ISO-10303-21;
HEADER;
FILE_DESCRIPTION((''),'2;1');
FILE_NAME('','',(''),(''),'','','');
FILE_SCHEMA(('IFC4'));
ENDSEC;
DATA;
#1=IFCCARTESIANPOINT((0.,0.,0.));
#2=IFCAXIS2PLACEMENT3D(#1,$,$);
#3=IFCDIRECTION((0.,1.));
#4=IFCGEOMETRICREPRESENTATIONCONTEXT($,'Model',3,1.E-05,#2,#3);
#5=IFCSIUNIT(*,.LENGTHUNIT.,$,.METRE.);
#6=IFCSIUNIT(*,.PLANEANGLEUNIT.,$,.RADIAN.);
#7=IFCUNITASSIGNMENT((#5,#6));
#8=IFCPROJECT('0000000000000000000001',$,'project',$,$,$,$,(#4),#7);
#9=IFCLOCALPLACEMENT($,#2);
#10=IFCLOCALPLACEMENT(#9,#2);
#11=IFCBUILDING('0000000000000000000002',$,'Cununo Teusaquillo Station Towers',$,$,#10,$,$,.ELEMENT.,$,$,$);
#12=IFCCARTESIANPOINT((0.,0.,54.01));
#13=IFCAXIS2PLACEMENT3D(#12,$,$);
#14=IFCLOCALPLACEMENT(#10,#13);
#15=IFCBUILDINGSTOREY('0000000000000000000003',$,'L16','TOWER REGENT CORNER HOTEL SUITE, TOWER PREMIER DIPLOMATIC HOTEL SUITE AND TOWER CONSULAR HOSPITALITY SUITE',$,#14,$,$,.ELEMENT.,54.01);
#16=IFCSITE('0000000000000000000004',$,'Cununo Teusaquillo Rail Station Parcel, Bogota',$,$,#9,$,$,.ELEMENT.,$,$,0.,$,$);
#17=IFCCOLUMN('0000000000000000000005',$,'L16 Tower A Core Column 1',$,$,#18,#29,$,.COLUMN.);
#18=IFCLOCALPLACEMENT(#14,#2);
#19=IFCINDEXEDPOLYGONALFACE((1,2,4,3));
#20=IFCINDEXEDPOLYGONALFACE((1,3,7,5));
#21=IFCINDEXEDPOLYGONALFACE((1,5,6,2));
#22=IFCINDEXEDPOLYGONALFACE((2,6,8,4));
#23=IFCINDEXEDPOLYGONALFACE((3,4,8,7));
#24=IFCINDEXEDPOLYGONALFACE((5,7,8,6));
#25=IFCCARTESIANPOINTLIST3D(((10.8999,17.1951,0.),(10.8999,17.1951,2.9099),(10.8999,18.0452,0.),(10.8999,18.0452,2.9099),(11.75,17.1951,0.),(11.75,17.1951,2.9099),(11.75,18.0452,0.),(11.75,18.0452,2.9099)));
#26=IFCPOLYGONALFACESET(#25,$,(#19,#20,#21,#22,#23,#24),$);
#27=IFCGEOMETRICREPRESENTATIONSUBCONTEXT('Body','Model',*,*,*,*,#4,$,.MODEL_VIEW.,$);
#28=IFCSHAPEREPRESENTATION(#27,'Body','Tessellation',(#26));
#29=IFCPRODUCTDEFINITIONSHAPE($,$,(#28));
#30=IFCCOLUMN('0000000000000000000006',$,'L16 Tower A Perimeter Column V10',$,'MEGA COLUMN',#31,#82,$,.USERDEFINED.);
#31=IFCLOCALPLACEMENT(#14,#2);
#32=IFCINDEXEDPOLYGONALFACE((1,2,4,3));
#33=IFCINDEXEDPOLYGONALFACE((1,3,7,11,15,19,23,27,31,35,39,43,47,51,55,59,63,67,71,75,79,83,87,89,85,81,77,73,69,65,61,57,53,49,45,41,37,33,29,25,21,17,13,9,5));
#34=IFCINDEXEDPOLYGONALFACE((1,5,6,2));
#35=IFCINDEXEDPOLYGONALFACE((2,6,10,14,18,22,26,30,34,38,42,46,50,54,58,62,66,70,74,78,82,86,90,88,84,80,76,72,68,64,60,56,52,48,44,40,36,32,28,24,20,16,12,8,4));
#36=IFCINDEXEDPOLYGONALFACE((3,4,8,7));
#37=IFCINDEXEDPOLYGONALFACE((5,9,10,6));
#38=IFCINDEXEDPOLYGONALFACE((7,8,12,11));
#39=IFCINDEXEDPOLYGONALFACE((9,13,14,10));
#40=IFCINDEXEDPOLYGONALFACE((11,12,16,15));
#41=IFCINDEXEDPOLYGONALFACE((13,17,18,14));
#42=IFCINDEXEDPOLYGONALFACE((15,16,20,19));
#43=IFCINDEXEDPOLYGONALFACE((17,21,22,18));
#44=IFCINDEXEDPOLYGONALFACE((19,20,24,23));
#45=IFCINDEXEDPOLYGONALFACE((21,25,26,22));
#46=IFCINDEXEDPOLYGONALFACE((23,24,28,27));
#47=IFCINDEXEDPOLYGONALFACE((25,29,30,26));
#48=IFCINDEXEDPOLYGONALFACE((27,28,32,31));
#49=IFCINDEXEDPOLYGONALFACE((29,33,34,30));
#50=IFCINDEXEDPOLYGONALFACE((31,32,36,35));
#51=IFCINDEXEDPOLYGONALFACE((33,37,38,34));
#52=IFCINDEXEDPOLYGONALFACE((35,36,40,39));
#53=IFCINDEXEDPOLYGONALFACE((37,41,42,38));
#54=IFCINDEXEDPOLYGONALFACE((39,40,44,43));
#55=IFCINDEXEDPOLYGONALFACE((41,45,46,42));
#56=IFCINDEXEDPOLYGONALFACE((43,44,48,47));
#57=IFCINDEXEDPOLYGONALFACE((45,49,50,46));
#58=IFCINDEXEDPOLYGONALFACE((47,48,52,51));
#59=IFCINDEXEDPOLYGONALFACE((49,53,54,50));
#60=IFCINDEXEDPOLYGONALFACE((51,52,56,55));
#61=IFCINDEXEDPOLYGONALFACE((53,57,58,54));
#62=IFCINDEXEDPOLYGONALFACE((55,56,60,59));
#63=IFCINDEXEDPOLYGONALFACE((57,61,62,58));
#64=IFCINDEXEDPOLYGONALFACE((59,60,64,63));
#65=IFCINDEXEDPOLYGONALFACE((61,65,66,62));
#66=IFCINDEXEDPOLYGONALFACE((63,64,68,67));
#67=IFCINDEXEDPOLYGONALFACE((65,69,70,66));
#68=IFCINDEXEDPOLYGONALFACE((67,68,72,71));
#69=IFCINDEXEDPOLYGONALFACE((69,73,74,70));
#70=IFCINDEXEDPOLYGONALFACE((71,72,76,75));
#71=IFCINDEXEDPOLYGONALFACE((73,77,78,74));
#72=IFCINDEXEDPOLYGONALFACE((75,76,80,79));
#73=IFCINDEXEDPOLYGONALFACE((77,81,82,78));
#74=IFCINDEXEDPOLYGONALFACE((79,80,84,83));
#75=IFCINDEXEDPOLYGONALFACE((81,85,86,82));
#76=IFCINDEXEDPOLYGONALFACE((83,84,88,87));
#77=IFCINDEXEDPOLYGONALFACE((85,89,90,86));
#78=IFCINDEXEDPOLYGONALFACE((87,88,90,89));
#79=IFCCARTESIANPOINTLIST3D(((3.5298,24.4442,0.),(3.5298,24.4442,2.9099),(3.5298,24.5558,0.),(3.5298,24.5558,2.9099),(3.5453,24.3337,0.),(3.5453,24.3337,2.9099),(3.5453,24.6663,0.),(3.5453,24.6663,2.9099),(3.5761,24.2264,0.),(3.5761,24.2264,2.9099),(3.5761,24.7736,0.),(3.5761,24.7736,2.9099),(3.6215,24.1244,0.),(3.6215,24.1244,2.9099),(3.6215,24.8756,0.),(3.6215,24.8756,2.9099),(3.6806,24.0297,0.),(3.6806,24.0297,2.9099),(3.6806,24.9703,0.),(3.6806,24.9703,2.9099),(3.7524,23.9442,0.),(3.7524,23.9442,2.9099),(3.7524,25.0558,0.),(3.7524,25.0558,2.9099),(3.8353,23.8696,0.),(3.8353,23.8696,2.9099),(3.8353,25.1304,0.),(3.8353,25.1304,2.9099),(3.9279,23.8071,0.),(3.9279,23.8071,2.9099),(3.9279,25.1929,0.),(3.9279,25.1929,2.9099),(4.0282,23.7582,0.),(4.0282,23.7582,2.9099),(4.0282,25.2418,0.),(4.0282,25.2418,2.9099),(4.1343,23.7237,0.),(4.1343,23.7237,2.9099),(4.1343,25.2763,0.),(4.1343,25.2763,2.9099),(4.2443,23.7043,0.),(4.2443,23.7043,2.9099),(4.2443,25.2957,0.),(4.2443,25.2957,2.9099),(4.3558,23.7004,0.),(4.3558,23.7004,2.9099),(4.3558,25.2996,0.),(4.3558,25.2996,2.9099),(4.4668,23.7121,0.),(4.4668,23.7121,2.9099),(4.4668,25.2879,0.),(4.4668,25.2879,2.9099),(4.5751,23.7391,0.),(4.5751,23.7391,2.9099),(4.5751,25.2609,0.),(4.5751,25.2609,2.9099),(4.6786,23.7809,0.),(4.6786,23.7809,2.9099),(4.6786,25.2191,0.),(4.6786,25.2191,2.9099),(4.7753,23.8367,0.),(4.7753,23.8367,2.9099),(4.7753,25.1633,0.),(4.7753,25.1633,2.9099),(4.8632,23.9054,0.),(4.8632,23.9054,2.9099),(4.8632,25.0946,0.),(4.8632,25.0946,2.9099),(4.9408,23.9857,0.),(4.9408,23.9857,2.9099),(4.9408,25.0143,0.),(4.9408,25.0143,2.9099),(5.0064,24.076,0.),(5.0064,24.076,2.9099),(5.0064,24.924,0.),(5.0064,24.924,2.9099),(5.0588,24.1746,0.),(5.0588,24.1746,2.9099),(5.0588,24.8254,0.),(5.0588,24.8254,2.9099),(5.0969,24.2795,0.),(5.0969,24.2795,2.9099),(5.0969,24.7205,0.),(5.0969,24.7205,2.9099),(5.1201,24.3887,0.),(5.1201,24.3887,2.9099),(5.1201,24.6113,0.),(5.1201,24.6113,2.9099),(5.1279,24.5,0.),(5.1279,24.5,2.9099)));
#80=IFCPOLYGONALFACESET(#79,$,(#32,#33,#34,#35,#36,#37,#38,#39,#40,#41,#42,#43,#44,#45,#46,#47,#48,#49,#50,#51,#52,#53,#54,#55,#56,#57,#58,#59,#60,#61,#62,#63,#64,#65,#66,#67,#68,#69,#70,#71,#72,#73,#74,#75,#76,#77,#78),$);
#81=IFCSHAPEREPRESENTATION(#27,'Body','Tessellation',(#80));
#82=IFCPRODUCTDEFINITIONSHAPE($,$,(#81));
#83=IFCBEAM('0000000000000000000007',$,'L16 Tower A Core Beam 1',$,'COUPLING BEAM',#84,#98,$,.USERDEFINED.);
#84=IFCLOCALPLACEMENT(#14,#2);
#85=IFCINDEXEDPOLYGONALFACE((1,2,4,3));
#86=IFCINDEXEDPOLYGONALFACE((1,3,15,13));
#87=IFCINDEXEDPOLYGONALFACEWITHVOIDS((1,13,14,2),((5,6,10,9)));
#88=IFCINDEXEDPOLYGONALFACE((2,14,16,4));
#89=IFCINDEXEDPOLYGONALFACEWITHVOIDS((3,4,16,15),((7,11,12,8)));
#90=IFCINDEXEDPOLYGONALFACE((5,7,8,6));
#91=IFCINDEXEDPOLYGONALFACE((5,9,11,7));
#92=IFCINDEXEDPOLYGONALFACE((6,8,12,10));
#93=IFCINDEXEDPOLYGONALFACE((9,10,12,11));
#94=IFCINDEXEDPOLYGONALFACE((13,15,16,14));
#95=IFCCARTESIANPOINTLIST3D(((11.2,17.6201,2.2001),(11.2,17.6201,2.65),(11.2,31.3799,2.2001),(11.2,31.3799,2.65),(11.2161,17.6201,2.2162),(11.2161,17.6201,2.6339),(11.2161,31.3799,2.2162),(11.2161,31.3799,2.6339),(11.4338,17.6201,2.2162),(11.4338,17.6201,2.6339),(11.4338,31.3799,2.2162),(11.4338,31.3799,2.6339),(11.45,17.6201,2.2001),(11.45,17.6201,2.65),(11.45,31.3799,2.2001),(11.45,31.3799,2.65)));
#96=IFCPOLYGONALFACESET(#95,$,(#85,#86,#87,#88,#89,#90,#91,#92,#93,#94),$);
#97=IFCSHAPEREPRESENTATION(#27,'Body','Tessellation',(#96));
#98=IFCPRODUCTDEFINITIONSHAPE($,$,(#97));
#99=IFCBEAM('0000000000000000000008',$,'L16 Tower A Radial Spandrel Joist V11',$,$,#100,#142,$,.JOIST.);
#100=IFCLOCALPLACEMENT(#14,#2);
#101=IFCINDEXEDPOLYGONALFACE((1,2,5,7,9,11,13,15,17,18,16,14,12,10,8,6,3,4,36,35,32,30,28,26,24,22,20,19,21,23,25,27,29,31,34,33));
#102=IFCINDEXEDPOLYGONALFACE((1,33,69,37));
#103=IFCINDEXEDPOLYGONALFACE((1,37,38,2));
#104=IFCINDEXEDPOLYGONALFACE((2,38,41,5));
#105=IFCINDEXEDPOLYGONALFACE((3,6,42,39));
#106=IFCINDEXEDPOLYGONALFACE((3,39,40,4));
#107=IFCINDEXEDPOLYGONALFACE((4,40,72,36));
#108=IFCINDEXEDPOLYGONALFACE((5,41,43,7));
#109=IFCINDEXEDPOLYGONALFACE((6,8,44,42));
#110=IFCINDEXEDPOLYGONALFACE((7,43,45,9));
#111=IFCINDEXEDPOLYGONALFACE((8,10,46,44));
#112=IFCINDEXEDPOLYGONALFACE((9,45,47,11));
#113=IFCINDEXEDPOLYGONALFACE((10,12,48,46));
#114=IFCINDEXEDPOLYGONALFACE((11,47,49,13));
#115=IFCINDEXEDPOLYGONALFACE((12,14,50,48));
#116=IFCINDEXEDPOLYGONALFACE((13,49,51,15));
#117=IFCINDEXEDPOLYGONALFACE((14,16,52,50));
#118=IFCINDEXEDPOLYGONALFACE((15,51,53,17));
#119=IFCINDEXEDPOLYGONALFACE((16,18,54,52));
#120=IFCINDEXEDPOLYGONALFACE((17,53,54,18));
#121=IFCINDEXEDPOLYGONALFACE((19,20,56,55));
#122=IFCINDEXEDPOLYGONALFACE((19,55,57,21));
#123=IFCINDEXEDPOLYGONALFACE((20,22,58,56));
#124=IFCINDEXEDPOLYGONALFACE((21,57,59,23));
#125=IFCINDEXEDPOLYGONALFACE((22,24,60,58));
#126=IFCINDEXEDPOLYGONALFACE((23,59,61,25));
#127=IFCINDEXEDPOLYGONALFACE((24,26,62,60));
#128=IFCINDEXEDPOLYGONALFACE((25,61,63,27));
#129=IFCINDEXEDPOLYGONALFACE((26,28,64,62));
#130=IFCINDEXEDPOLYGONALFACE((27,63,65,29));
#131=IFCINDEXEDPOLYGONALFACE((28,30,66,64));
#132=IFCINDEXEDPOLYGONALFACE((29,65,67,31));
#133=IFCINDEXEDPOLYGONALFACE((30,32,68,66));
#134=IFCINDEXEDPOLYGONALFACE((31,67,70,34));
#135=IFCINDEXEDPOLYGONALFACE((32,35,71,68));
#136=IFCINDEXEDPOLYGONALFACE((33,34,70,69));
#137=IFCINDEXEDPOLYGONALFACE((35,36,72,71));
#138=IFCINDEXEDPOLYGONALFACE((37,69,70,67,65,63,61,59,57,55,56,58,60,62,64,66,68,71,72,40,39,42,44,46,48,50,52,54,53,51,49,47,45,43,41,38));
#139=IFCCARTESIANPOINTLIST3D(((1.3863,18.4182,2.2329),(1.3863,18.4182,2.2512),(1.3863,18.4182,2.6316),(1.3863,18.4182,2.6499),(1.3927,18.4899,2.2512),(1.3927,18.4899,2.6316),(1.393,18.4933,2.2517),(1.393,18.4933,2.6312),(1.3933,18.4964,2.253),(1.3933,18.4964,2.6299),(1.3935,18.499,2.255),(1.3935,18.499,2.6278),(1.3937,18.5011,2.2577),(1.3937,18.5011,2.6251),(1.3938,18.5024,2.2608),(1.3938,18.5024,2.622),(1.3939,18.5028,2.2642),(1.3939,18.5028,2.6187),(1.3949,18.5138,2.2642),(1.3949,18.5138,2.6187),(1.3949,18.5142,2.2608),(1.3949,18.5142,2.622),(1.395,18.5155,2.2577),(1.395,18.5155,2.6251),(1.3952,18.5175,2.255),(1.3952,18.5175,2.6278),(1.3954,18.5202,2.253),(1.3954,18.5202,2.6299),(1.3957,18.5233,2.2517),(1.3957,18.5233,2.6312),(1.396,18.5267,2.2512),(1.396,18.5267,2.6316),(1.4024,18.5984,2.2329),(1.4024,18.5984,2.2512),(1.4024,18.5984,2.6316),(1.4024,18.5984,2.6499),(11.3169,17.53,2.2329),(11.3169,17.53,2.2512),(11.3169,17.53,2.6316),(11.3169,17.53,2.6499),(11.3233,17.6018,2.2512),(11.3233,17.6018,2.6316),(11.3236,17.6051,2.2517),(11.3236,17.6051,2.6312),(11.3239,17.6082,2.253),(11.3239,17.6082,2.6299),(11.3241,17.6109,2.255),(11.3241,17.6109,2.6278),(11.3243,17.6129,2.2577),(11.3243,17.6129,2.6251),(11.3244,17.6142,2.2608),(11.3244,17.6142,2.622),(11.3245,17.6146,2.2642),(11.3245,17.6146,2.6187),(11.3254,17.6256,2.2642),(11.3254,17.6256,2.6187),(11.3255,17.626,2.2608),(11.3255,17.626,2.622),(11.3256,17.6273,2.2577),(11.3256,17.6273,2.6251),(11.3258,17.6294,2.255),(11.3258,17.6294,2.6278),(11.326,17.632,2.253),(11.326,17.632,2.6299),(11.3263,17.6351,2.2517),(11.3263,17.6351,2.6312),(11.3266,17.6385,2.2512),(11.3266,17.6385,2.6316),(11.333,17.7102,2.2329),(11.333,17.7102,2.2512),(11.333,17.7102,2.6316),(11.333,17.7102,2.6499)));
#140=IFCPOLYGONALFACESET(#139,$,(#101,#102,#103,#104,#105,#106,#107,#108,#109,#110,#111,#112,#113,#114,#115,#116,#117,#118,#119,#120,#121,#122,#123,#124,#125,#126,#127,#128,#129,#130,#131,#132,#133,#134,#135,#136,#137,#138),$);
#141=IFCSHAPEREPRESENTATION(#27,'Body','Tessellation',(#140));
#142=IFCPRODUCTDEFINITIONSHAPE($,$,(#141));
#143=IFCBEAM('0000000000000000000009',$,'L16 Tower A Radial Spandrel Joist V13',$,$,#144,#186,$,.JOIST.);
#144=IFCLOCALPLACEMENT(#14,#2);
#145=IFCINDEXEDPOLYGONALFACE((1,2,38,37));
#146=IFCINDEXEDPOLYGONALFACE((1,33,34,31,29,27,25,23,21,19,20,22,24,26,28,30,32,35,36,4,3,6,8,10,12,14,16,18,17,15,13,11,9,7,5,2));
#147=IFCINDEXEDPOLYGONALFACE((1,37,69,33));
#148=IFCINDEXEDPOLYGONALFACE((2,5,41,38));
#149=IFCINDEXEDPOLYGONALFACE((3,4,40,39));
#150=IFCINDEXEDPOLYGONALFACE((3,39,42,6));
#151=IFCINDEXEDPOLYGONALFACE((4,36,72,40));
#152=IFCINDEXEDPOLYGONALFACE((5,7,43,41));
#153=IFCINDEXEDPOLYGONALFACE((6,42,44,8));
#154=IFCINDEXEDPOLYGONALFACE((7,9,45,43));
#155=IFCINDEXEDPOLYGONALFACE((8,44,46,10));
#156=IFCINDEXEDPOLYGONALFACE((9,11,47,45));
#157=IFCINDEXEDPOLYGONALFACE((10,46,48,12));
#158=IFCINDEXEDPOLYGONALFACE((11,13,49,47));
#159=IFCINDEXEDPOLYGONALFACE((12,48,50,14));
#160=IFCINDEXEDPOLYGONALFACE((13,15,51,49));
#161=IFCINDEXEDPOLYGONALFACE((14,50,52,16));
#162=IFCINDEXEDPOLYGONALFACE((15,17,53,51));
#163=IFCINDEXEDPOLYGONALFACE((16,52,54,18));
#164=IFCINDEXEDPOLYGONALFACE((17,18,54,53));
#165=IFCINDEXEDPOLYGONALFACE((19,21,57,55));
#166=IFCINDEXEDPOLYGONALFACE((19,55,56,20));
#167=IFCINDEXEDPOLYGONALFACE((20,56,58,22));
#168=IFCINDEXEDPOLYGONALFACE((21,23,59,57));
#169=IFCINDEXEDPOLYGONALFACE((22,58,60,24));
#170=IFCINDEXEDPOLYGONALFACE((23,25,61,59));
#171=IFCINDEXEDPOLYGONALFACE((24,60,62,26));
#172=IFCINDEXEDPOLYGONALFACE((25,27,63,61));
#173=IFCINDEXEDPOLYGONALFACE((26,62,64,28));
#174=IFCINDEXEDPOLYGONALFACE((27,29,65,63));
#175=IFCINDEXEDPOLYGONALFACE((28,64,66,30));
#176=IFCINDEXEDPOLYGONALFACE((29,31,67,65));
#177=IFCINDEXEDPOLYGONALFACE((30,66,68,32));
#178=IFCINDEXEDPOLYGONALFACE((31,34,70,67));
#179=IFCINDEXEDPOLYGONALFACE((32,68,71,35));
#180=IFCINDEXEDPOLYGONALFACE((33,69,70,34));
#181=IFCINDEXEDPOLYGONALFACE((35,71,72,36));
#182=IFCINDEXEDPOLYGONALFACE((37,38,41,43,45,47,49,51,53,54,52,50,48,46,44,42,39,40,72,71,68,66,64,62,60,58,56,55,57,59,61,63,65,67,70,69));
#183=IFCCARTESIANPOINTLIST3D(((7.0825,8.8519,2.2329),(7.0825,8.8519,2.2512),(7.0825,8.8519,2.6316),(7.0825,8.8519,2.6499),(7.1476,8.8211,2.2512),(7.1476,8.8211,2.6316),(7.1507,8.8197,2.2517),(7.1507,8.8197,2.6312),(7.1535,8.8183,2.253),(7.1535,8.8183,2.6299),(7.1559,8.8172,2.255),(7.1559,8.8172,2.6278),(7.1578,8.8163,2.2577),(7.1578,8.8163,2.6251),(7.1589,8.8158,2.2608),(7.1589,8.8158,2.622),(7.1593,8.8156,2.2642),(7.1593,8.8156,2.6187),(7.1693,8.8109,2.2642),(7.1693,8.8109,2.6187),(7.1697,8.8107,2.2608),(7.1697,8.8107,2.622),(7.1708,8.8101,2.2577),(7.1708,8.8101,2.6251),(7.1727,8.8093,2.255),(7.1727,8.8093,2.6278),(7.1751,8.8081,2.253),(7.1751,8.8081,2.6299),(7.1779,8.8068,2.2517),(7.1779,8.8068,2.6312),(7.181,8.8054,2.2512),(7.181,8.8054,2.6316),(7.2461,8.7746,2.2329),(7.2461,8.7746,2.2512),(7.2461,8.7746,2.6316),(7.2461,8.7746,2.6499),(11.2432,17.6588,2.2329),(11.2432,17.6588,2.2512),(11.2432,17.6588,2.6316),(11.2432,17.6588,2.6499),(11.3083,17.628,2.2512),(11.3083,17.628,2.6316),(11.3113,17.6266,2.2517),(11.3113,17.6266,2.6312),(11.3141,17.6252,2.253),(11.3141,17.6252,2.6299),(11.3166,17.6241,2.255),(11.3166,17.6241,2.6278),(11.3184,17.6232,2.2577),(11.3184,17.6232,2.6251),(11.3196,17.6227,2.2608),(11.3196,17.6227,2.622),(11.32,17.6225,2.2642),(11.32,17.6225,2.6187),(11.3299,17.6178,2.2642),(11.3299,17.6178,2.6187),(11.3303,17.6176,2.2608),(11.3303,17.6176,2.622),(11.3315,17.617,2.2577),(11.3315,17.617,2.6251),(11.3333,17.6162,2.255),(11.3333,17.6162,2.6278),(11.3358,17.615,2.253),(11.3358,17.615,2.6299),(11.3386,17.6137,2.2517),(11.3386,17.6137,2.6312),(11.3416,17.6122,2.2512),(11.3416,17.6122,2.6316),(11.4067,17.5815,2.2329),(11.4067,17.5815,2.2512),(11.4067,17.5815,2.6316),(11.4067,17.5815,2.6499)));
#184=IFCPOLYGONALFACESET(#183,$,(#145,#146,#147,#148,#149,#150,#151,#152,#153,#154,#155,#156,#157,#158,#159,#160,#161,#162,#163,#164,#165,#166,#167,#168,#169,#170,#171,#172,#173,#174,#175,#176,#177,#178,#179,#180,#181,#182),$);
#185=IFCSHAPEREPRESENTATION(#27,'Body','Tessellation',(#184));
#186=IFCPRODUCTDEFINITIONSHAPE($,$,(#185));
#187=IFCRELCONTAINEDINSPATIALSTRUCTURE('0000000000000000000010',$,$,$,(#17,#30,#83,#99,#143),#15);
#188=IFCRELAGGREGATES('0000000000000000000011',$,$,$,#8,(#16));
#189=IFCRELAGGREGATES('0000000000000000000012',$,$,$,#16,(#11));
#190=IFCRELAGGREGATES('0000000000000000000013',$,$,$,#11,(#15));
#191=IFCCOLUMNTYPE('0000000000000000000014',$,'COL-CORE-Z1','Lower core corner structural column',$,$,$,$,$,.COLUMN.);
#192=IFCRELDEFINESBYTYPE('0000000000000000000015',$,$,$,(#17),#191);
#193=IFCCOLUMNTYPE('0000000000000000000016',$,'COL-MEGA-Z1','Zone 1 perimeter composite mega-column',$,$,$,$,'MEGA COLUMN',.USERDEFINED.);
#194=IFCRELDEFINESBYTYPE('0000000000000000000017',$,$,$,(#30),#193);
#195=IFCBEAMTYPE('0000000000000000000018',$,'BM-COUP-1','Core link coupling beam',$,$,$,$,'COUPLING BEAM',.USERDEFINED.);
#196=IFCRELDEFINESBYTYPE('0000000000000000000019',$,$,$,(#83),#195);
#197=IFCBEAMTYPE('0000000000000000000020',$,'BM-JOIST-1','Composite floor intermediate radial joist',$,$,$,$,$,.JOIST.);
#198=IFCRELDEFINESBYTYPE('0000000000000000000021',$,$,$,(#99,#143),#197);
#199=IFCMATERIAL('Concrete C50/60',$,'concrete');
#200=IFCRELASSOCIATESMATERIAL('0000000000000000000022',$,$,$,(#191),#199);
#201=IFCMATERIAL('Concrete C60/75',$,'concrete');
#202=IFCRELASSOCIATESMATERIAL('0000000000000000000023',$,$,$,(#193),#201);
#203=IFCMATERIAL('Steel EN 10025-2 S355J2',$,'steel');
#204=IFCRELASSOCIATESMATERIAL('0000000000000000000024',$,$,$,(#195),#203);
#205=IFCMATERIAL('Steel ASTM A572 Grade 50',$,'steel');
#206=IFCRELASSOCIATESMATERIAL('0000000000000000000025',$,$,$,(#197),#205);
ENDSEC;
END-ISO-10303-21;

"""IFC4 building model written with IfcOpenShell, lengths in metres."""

from ifc_helpers import new_model, si_unit, direction, frame, origin, origin_2d, place, context, subcontext, project, spatial, rectangle, hollow_rectangle, circle, i_section, extrude, material, material_profile, profile_set, type_object, element, save


model = new_model("IFC4")

# Units and contexts
model_context = context("Model", 3, precision=1e-05, world=origin(), true_north=direction((0.0, 1.0)))
body_context = subcontext(model_context, "Body", "Model", "MODEL_VIEW")
ifc_project = project(units=[si_unit("LENGTHUNIT", "METRE"), si_unit("PLANEANGLEUNIT", "RADIAN")], contexts=[model_context])

# Site, building, storey
site_placement = place(None, origin())
site = spatial("IfcSite", under=ifc_project, at=site_placement, Name="Cununo Teusaquillo Rail Station Parcel, Bogota", CompositionType="ELEMENT", RefElevation=0.0)
building_placement = place(site_placement, origin())
building = spatial("IfcBuilding", under=site, at=building_placement, Name="Cununo Teusaquillo Station Towers", CompositionType="ELEMENT")
storey_placement = place(building_placement, frame((0.0, 0.0, 54.01)))
storey = spatial("IfcBuildingStorey", under=building, at=storey_placement, Name="L16", Description="TOWER REGENT CORNER HOTEL SUITE, TOWER PREMIER DIPLOMATIC HOTEL SUITE AND TOWER CONSULAR HOSPITALITY SUITE", CompositionType="ELEMENT", Elevation=54.01)

# Columns
ifc_material_1 = material(Name="Concrete C50/60", Category="concrete")
ifc_material_profile_1 = material_profile(ifc_material_1, rectangle(XDim=0.8501, YDim=0.8501, at=origin_2d()), Name="RC-RECT-850x850")
ifc_profile_set_1 = profile_set([ifc_material_profile_1], Name="Concrete C50/60")
column_type_1 = type_object("IfcColumnType", Name="COL-CORE-Z1", Description="Lower core corner structural column", PredefinedType="COLUMN", material=ifc_profile_set_1)
column_1_placement = place(storey_placement, frame((11.325, 17.6201, 0.0), z_axis=(0.0, 0.0, 1.0), x_axis=(1.0, 0.0, 0.0)))
element("IfcColumn", 1, at=column_1_placement, inside=storey, type_object=column_type_1, Name="L16 Tower A Core Column 1", PredefinedType="COLUMN", context=body_context, shape_type="SweptSolid", body=[
    extrude(rectangle(XDim=0.8501, YDim=0.8501, at=origin_2d()), origin(), (0.0, 0.0, 1.0), 2.9099),
])
ifc_material_2 = material(Name="Concrete C60/75", Category="concrete")
ifc_material_profile_2 = material_profile(ifc_material_2, circle(Radius=0.8, at=origin_2d()), Name="RC-CIRC-1600")
ifc_profile_set_2 = profile_set([ifc_material_profile_2], Name="Concrete C60/75")
column_type_2 = type_object("IfcColumnType", Name="COL-MEGA-Z1", Description="Zone 1 perimeter composite mega-column", ElementType="MEGA COLUMN", PredefinedType="USERDEFINED", material=ifc_profile_set_2)
column_2_placement = place(storey_placement, frame((4.3279, 24.5, 0.0), z_axis=(0.0, 0.0, 1.0), x_axis=(1.0, 0.0, 0.0)))
element("IfcColumn", 2, at=column_2_placement, inside=storey, type_object=column_type_2, Name="L16 Tower A Perimeter Column V10", ObjectType="MEGA COLUMN", PredefinedType="USERDEFINED", context=body_context, shape_type="SweptSolid", body=[
    extrude(circle(Radius=0.8, at=origin_2d()), origin(), (0.0, 0.0, 1.0), 2.9099),
])

# Beams
ifc_material_3 = material(Name="Steel EN 10025-2 S355J2", Category="steel")
ifc_material_profile_3 = material_profile(ifc_material_3, hollow_rectangle(XDim=0.25, YDim=0.45, WallThickness=0.0161, at=origin_2d()), Name="RHS 450x250x16")
ifc_profile_set_3 = profile_set([ifc_material_profile_3], Name="Steel EN 10025-2 S355J2")
beam_type_1 = type_object("IfcBeamType", Name="BM-COUP-1", Description="Core link coupling beam", ElementType="COUPLING BEAM", PredefinedType="USERDEFINED", material=ifc_profile_set_3)
beam_1_placement = place(storey_placement, frame((11.325, 17.6201, 2.425), z_axis=(0.0, 1.0, 0.0), x_axis=(-1.0, 0.0, 0.0)))
element("IfcBeam", 3, at=beam_1_placement, inside=storey, type_object=beam_type_1, Name="L16 Tower A Core Beam 1", ObjectType="COUPLING BEAM", PredefinedType="USERDEFINED", context=body_context, shape_type="SweptSolid", body=[
    extrude(hollow_rectangle(XDim=0.25, YDim=0.45, WallThickness=0.0161, at=origin_2d()), origin(), (0.0, 0.0, 1.0), 13.7598),
])
ifc_material_4 = material(Name="Steel ASTM A572 Grade 50", Category="steel")
ifc_material_profile_4 = material_profile(ifc_material_4, i_section(OverallWidth=0.1809, OverallDepth=0.417, WebThickness=0.011, FlangeThickness=0.0183, FilletRadius=0.0129, at=origin_2d()), Name="W16X57")
ifc_profile_set_4 = profile_set([ifc_material_profile_4], Name="Steel ASTM A572 Grade 50")
beam_type_2 = type_object("IfcBeamType", Name="BM-JOIST-1", Description="Composite floor intermediate radial joist", PredefinedType="JOIST", material=ifc_profile_set_4)
beam_2_placement = place(storey_placement, frame((11.325, 17.6201, 2.4414), z_axis=(-0.996024, 0.089083, 0.0), x_axis=(-0.089083, -0.996024, 0.0)))
element("IfcBeam", 4, at=beam_2_placement, inside=storey, type_object=beam_type_2, Name="L16 Tower A Radial Spandrel Joist V11", PredefinedType="JOIST", context=body_context, shape_type="SweptSolid", body=[
    extrude(i_section(OverallWidth=0.1809, OverallDepth=0.417, WebThickness=0.011, FlangeThickness=0.0183, FilletRadius=0.0129, at=origin_2d()), origin(), (0.0, 0.0, 1.0), 9.9702),
])
beam_3_placement = place(storey_placement, frame((11.325, 17.6201, 2.4414), z_axis=(-0.427161, -0.904176, 0.0), x_axis=(0.904176, -0.427161, 0.0)))
element("IfcBeam", 5, at=beam_3_placement, inside=storey, type_object=beam_type_2, Name="L16 Tower A Radial Spandrel Joist V13", PredefinedType="JOIST", context=body_context, shape_type="SweptSolid", body=[
    extrude(i_section(OverallWidth=0.1809, OverallDepth=0.417, WebThickness=0.011, FlangeThickness=0.0183, FilletRadius=0.0129, at=origin_2d()), origin(), (0.0, 0.0, 1.0), 9.7402),
])

save(model, "model.ifc")
